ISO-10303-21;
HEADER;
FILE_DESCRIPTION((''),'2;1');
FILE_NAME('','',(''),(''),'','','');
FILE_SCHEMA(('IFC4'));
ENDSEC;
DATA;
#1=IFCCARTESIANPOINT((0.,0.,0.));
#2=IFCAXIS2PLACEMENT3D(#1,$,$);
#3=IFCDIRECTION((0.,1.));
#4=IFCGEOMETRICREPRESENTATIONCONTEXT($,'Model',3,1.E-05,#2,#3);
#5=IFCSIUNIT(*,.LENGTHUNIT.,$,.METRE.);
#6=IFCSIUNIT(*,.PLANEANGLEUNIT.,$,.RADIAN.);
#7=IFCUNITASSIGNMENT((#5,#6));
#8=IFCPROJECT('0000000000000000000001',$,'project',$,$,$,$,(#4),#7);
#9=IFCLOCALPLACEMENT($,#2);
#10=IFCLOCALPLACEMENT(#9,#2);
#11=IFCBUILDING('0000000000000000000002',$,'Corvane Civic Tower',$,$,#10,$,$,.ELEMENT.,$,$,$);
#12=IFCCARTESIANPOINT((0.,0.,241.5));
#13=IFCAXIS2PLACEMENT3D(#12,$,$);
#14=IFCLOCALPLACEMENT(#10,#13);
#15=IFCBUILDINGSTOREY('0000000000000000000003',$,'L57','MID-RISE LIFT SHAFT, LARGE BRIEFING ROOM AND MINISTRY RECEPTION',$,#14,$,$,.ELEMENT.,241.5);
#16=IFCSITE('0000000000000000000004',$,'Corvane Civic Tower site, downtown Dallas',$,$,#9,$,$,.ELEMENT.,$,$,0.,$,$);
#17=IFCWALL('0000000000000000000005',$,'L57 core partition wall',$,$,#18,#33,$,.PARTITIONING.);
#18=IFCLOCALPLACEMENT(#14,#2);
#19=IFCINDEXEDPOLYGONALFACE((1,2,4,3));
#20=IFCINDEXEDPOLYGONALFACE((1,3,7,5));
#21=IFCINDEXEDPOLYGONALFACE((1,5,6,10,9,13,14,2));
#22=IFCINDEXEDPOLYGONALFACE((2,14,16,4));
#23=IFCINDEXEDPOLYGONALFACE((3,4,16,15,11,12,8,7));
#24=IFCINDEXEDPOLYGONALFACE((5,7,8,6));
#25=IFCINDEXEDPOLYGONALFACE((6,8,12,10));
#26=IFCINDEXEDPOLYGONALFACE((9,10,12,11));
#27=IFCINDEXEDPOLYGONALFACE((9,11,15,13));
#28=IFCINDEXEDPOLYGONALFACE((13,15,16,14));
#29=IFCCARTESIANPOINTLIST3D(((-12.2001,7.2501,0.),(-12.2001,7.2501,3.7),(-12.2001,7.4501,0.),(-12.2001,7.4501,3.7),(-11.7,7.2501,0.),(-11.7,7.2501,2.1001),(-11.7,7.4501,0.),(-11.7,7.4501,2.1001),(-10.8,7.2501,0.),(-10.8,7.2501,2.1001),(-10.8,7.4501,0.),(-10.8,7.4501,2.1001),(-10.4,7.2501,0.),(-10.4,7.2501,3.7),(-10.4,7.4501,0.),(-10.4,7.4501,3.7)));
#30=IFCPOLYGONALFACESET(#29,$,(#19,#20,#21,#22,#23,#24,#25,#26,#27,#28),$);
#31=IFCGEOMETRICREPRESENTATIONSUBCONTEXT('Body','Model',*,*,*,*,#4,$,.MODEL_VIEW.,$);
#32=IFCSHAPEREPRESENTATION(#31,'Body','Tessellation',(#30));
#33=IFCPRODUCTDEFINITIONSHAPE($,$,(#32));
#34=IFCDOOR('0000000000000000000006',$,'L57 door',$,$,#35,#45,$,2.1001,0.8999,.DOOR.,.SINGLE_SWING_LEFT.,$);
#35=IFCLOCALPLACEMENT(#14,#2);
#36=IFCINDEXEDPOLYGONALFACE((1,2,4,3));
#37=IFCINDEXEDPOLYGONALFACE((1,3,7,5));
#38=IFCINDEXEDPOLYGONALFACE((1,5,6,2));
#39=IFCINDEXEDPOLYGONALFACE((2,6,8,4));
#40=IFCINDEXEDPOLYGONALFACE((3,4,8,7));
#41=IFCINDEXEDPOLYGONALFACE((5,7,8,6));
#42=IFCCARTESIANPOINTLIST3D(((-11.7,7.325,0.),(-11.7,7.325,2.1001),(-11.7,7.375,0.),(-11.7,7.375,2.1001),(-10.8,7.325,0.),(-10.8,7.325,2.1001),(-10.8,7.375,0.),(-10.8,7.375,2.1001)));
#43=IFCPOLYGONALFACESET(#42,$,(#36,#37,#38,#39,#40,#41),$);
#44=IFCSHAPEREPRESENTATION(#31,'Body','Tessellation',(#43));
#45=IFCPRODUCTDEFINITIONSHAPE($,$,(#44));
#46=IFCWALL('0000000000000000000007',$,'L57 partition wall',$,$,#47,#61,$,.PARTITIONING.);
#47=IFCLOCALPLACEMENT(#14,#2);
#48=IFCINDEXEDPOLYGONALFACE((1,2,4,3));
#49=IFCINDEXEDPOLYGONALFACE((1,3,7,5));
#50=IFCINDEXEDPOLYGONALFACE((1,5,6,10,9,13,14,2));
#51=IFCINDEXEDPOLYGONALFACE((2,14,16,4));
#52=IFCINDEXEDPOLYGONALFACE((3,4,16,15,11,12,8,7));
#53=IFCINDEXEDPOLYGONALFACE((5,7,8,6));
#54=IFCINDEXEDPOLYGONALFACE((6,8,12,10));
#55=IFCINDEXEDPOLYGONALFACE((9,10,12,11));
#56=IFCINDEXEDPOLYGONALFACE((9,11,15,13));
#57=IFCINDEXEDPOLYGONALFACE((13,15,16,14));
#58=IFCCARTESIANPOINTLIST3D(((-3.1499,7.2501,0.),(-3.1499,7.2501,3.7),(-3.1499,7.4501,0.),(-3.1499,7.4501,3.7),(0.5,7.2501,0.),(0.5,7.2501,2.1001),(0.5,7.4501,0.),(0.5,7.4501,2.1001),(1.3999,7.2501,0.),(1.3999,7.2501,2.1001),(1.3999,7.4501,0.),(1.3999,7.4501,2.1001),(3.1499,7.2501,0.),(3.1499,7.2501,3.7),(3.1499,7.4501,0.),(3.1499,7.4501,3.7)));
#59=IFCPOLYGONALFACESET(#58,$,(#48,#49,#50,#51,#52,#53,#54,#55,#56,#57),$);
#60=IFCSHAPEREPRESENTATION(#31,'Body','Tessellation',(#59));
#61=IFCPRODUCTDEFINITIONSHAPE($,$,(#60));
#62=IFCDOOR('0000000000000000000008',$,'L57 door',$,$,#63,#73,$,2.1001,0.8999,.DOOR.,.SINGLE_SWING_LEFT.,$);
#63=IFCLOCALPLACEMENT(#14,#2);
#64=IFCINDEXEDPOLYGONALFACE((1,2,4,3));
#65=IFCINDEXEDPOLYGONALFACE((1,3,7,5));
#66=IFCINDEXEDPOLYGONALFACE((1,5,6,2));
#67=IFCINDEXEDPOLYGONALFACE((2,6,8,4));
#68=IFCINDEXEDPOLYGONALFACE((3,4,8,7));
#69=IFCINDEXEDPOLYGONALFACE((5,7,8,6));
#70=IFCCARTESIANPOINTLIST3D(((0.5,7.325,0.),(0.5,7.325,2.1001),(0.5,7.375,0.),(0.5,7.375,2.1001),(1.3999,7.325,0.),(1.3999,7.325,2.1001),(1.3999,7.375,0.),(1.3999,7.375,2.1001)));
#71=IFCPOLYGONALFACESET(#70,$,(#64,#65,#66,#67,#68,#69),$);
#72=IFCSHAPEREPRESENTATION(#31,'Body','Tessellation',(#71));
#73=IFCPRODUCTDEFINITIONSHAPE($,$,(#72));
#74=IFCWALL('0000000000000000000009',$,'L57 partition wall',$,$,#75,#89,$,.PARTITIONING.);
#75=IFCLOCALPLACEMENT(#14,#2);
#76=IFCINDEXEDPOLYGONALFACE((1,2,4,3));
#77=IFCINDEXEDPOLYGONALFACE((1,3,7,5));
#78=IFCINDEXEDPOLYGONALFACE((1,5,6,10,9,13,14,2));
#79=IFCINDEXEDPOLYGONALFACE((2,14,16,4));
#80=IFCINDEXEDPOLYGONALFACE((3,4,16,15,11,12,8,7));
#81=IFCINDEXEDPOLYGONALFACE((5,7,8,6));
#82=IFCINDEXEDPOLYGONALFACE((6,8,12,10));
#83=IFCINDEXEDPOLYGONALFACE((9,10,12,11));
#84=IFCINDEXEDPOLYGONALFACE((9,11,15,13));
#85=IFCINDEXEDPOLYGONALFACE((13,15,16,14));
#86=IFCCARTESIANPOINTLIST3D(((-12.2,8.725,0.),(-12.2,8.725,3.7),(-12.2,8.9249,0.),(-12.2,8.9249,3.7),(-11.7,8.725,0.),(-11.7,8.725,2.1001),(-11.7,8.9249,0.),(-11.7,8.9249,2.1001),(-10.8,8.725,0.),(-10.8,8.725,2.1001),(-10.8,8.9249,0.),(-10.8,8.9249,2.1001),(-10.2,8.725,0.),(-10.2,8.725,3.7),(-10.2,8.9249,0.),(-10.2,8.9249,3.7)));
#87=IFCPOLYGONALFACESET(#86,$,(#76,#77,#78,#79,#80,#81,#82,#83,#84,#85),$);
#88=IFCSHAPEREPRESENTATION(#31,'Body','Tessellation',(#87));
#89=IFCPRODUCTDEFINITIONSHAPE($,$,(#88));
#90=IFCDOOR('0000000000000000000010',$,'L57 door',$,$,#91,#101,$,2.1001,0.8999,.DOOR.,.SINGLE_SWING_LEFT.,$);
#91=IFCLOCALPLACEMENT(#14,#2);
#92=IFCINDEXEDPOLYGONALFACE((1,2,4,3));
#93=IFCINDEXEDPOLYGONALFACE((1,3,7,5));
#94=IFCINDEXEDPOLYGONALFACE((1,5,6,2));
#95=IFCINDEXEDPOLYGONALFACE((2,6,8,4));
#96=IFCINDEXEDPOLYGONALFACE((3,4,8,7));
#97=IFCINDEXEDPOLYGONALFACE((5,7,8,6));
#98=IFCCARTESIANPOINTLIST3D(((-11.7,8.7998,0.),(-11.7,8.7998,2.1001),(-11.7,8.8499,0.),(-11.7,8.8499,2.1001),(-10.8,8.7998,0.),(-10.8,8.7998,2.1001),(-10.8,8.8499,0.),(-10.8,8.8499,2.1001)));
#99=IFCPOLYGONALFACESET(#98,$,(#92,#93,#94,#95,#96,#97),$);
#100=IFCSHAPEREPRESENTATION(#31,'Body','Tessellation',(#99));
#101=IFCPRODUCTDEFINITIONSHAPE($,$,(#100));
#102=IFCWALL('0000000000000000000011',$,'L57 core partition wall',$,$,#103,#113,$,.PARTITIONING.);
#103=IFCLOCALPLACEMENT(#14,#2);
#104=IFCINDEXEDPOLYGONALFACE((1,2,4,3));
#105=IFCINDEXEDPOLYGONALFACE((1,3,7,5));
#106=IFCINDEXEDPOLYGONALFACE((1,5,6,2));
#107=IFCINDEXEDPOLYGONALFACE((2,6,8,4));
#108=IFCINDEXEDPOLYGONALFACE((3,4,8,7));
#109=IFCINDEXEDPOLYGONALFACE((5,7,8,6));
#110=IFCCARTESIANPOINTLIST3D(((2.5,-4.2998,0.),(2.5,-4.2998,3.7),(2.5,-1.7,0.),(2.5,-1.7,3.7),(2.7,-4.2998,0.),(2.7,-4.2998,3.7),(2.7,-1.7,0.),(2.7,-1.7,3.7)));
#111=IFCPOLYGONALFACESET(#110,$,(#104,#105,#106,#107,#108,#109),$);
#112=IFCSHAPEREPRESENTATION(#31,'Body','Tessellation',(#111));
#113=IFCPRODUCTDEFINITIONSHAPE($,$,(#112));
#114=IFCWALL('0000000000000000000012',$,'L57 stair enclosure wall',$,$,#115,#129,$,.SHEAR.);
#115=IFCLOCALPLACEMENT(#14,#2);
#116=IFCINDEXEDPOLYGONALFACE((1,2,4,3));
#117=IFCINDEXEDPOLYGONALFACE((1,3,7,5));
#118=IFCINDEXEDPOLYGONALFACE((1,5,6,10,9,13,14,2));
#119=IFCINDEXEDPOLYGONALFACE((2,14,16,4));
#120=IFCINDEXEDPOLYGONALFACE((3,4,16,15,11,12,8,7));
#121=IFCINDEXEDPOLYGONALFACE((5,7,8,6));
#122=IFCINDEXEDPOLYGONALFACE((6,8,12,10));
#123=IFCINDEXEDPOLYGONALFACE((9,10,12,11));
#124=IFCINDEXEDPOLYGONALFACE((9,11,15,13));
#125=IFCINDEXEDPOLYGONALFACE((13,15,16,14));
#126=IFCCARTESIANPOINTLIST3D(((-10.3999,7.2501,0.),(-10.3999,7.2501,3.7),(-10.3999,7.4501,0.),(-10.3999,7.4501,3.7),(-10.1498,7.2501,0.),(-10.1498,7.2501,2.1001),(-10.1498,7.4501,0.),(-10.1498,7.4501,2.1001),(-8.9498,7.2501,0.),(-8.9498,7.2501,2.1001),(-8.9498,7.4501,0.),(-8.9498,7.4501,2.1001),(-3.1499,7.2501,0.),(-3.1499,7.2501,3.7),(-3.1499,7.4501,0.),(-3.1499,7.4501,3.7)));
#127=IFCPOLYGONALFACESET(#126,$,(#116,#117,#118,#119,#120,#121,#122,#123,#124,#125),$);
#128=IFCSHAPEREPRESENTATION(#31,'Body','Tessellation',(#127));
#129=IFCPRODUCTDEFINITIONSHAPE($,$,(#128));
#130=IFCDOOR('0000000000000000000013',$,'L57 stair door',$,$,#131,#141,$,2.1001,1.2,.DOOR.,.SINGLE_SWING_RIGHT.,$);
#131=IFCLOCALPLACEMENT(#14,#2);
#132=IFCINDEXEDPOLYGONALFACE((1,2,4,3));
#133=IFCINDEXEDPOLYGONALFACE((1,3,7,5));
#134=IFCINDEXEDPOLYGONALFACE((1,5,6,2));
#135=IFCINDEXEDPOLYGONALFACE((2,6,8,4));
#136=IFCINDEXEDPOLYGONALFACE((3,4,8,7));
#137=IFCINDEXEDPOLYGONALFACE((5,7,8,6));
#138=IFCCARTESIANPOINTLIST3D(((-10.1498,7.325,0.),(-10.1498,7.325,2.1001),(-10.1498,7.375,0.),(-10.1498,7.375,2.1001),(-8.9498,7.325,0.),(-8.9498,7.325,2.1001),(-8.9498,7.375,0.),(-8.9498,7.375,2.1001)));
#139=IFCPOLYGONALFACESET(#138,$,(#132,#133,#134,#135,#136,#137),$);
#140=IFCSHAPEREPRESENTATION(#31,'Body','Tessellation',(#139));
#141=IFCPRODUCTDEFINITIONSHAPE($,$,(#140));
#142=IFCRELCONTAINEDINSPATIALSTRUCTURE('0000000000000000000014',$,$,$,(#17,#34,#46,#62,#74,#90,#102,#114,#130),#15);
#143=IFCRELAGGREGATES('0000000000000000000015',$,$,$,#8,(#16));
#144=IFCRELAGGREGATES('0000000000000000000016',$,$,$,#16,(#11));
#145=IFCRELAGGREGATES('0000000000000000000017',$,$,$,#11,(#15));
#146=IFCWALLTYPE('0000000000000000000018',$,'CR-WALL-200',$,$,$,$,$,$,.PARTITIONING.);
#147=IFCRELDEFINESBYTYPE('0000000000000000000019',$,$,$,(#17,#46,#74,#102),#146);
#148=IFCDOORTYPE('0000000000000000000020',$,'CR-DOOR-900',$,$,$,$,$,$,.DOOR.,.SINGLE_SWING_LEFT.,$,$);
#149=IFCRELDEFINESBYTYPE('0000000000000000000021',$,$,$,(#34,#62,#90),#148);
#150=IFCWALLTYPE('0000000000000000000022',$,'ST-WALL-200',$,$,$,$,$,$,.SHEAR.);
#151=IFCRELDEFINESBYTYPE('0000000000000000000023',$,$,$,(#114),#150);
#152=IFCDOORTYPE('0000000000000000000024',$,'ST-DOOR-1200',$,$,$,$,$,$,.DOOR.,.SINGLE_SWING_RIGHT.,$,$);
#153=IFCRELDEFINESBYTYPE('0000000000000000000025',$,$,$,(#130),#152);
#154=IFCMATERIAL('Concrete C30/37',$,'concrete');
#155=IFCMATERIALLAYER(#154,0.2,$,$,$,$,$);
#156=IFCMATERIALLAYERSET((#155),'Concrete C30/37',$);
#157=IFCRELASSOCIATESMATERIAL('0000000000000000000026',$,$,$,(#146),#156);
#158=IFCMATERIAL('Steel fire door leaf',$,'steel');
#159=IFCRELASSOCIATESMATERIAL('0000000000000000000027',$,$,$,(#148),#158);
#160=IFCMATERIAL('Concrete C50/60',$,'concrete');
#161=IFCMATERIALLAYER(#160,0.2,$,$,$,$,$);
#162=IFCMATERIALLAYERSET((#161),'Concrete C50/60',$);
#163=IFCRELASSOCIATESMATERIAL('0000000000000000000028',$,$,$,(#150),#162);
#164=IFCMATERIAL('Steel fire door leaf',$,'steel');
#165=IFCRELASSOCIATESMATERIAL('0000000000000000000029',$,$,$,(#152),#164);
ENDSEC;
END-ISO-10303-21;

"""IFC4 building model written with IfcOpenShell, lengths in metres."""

from ifc_helpers import new_model, si_unit, direction, frame, frame_2d, origin, place, context, subcontext, project, spatial, polyline, rectangle, outline, extrude, material, layer, layer_set, type_object, element, fill, save


model = new_model("IFC4")

# Units and contexts
model_context = context("Model", 3, precision=1e-05, world=origin(), true_north=direction((0.0, 1.0)))
body_context = subcontext(model_context, "Body", "Model", "MODEL_VIEW")
ifc_project = project(units=[si_unit("LENGTHUNIT", "METRE"), si_unit("PLANEANGLEUNIT", "RADIAN")], contexts=[model_context])

# Site, building, storey
site_placement = place(None, origin())
site = spatial("IfcSite", under=ifc_project, at=site_placement, Name="Corvane Civic Tower site, downtown Dallas", CompositionType="ELEMENT", RefElevation=0.0)
building_placement = place(site_placement, origin())
building = spatial("IfcBuilding", under=site, at=building_placement, Name="Corvane Civic Tower", CompositionType="ELEMENT")
storey_placement = place(building_placement, frame((0.0, 0.0, 241.5)))
storey = spatial("IfcBuildingStorey", under=building, at=storey_placement, Name="L57", Description="MID-RISE LIFT SHAFT, LARGE BRIEFING ROOM AND MINISTRY RECEPTION", CompositionType="ELEMENT", Elevation=241.5)

# Shared definitions
ifc_material_1 = material(Name="Concrete C30/37", Category="concrete")
ifc_layer_1 = layer(ifc_material_1, 0.2)
ifc_layer_set_1 = layer_set([ifc_layer_1], Name="Concrete C30/37")
wall_type_1 = type_object("IfcWallType", Name="CR-WALL-200", PredefinedType="PARTITIONING", material=ifc_layer_set_1)
ifc_material_2 = material(Name="Steel fire door leaf", Category="steel")
door_type_1 = type_object("IfcDoorType", Name="CR-DOOR-900", OperationType="SINGLE_SWING_LEFT", PredefinedType="DOOR", material=ifc_material_2)

# Walls, openings, doors
wall_1_placement = place(storey_placement, frame((-12.2, 7.3501, 0.0), z_axis=(0.0, 0.0, 1.0), x_axis=(1.0, 0.0, 0.0)))
wall_1 = element("IfcWall", 1, at=wall_1_placement, inside=storey, type_object=wall_type_1, Name="L57 core partition wall", PredefinedType="PARTITIONING", context=body_context, shape_type="SweptSolid", body=[
    extrude(rectangle(XDim=1.8, YDim=0.2, at=frame_2d((0.8999, 0.0))), origin(), (0.0, 0.0, 1.0), 3.7),
])
opening_1_placement = place(wall_1_placement, frame((0.5, 0.0, 0.0)))
opening_1 = element("IfcOpeningElement", 2, at=opening_1_placement, cuts=wall_1, PredefinedType="OPENING", context=body_context, shape_type="SweptSolid", body=[
    extrude(rectangle(XDim=0.8999, YDim=2.1001, at=frame_2d((0.45, 1.05))), frame((0.0, 0.1099, 0.0), z_axis=(0.0, -1.0, 0.0), x_axis=(1.0, 0.0, 0.0)), (0.0, 0.0, 1.0), 0.22),
])
door_1_placement = place(opening_1_placement, origin())
door_1 = element("IfcDoor", 3, at=door_1_placement, inside=storey, type_object=door_type_1, Name="L57 door", OperationType="SINGLE_SWING_LEFT", OverallHeight=2.1001, OverallWidth=0.8999, PredefinedType="DOOR", context=body_context, shape_type="SweptSolid", body=[
    extrude(rectangle(XDim=0.8999, YDim=2.1001, at=frame_2d((0.45, 1.05))), frame((0.0, 0.0249, 0.0), z_axis=(0.0, -1.0, 0.0), x_axis=(1.0, 0.0, 0.0)), (0.0, 0.0, 1.0), 0.05),
])
fill(opening_1, door_1)
wall_2_placement = place(storey_placement, frame((-3.1499, 7.3501, 0.0), z_axis=(0.0, 0.0, 1.0), x_axis=(1.0, 0.0, 0.0)))
wall_2 = element("IfcWall", 4, at=wall_2_placement, inside=storey, type_object=wall_type_1, Name="L57 partition wall", PredefinedType="PARTITIONING", context=body_context, shape_type="SweptSolid", body=[
    extrude(rectangle(XDim=6.2998, YDim=0.2, at=frame_2d((3.1499, 0.0))), origin(), (0.0, 0.0, 1.0), 3.7),
])
opening_2_placement = place(wall_2_placement, frame((3.6499, 0.0, 0.0)))
opening_2 = element("IfcOpeningElement", 5, at=opening_2_placement, cuts=wall_2, PredefinedType="OPENING", context=body_context, shape_type="SweptSolid", body=[
    extrude(rectangle(XDim=0.8999, YDim=2.1001, at=frame_2d((0.45, 1.05))), frame((0.0, 0.1099, 0.0), z_axis=(0.0, -1.0, 0.0), x_axis=(1.0, 0.0, 0.0)), (0.0, 0.0, 1.0), 0.22),
])
door_2_placement = place(opening_2_placement, origin())
door_2 = element("IfcDoor", 6, at=door_2_placement, inside=storey, type_object=door_type_1, Name="L57 door", OperationType="SINGLE_SWING_LEFT", OverallHeight=2.1001, OverallWidth=0.8999, PredefinedType="DOOR", context=body_context, shape_type="SweptSolid", body=[
    extrude(rectangle(XDim=0.8999, YDim=2.1001, at=frame_2d((0.45, 1.05))), frame((0.0, 0.0249, 0.0), z_axis=(0.0, -1.0, 0.0), x_axis=(1.0, 0.0, 0.0)), (0.0, 0.0, 1.0), 0.05),
])
fill(opening_2, door_2)
wall_3_placement = place(storey_placement, frame((-12.2, 8.825, 0.0), z_axis=(0.0, 0.0, 1.0), x_axis=(1.0, 0.0, 0.0)))
wall_3 = element("IfcWall", 7, at=wall_3_placement, inside=storey, type_object=wall_type_1, Name="L57 partition wall", PredefinedType="PARTITIONING", context=body_context, shape_type="SweptSolid", body=[
    extrude(rectangle(XDim=2.0, YDim=0.2, at=frame_2d((1.0, 0.0))), origin(), (0.0, 0.0, 1.0), 3.7),
])
opening_3_placement = place(wall_3_placement, frame((0.5, 0.0, 0.0)))
opening_3 = element("IfcOpeningElement", 8, at=opening_3_placement, cuts=wall_3, PredefinedType="OPENING", context=body_context, shape_type="SweptSolid", body=[
    extrude(rectangle(XDim=0.8999, YDim=2.1001, at=frame_2d((0.45, 1.05))), frame((0.0, 0.1099, 0.0), z_axis=(0.0, -1.0, 0.0), x_axis=(1.0, 0.0, 0.0)), (0.0, 0.0, 1.0), 0.22),
])
door_3_placement = place(opening_3_placement, origin())
door_3 = element("IfcDoor", 9, at=door_3_placement, inside=storey, type_object=door_type_1, Name="L57 door", OperationType="SINGLE_SWING_LEFT", OverallHeight=2.1001, OverallWidth=0.8999, PredefinedType="DOOR", context=body_context, shape_type="SweptSolid", body=[
    extrude(rectangle(XDim=0.8999, YDim=2.1001, at=frame_2d((0.45, 1.05))), frame((0.0, 0.0249, 0.0), z_axis=(0.0, -1.0, 0.0), x_axis=(1.0, 0.0, 0.0)), (0.0, 0.0, 1.0), 0.05),
])
fill(opening_3, door_3)

# Wall
wall_4_placement = place(storey_placement, origin())
element("IfcWall", 10, at=wall_4_placement, inside=storey, type_object=wall_type_1, Name="L57 core partition wall", PredefinedType="PARTITIONING", context=body_context, shape_type="SweptSolid", body=[
    extrude(outline(polyline([(2.7, -1.7), (2.7, -4.2998), (2.5, -4.2998), (2.5, -1.7), (2.7, -1.7)])), origin(), (0.0, 0.0, 1.0), 3.7),
])

# Wall, opening, door
ifc_material_3 = material(Name="Concrete C50/60", Category="concrete")
ifc_layer_2 = layer(ifc_material_3, 0.2)
ifc_layer_set_2 = layer_set([ifc_layer_2], Name="Concrete C50/60")
wall_type_2 = type_object("IfcWallType", Name="ST-WALL-200", PredefinedType="SHEAR", material=ifc_layer_set_2)
wall_5_placement = place(storey_placement, frame((-10.3999, 7.3501, 0.0), z_axis=(0.0, 0.0, 1.0), x_axis=(1.0, 0.0, 0.0)))
wall_5 = element("IfcWall", 11, at=wall_5_placement, inside=storey, type_object=wall_type_2, Name="L57 stair enclosure wall", PredefinedType="SHEAR", context=body_context, shape_type="SweptSolid", body=[
    extrude(rectangle(XDim=7.25, YDim=0.2, at=frame_2d((3.625, 0.0))), origin(), (0.0, 0.0, 1.0), 3.7),
])
opening_4_placement = place(wall_5_placement, frame((0.25, 0.0, 0.0)))
opening_4 = element("IfcOpeningElement", 12, at=opening_4_placement, cuts=wall_5, PredefinedType="OPENING", context=body_context, shape_type="SweptSolid", body=[
    extrude(rectangle(XDim=1.2, YDim=2.1001, at=frame_2d((0.6001, 1.05))), frame((0.0, 0.1099, 0.0), z_axis=(0.0, -1.0, 0.0), x_axis=(1.0, 0.0, 0.0)), (0.0, 0.0, 1.0), 0.22),
])
ifc_material_4 = material(Name="Steel fire door leaf", Category="steel")
door_type_2 = type_object("IfcDoorType", Name="ST-DOOR-1200", OperationType="SINGLE_SWING_RIGHT", PredefinedType="DOOR", material=ifc_material_4)
door_4_placement = place(opening_4_placement, origin())
door_4 = element("IfcDoor", 13, at=door_4_placement, inside=storey, type_object=door_type_2, Name="L57 stair door", OperationType="SINGLE_SWING_RIGHT", OverallHeight=2.1001, OverallWidth=1.2, PredefinedType="DOOR", context=body_context, shape_type="SweptSolid", body=[
    extrude(rectangle(XDim=1.2, YDim=2.1001, at=frame_2d((0.6001, 1.05))), frame((0.0, 0.0249, 0.0), z_axis=(0.0, -1.0, 0.0), x_axis=(1.0, 0.0, 0.0)), (0.0, 0.0, 1.0), 0.05),
])
fill(opening_4, door_4)

save(model, "model.ifc")
